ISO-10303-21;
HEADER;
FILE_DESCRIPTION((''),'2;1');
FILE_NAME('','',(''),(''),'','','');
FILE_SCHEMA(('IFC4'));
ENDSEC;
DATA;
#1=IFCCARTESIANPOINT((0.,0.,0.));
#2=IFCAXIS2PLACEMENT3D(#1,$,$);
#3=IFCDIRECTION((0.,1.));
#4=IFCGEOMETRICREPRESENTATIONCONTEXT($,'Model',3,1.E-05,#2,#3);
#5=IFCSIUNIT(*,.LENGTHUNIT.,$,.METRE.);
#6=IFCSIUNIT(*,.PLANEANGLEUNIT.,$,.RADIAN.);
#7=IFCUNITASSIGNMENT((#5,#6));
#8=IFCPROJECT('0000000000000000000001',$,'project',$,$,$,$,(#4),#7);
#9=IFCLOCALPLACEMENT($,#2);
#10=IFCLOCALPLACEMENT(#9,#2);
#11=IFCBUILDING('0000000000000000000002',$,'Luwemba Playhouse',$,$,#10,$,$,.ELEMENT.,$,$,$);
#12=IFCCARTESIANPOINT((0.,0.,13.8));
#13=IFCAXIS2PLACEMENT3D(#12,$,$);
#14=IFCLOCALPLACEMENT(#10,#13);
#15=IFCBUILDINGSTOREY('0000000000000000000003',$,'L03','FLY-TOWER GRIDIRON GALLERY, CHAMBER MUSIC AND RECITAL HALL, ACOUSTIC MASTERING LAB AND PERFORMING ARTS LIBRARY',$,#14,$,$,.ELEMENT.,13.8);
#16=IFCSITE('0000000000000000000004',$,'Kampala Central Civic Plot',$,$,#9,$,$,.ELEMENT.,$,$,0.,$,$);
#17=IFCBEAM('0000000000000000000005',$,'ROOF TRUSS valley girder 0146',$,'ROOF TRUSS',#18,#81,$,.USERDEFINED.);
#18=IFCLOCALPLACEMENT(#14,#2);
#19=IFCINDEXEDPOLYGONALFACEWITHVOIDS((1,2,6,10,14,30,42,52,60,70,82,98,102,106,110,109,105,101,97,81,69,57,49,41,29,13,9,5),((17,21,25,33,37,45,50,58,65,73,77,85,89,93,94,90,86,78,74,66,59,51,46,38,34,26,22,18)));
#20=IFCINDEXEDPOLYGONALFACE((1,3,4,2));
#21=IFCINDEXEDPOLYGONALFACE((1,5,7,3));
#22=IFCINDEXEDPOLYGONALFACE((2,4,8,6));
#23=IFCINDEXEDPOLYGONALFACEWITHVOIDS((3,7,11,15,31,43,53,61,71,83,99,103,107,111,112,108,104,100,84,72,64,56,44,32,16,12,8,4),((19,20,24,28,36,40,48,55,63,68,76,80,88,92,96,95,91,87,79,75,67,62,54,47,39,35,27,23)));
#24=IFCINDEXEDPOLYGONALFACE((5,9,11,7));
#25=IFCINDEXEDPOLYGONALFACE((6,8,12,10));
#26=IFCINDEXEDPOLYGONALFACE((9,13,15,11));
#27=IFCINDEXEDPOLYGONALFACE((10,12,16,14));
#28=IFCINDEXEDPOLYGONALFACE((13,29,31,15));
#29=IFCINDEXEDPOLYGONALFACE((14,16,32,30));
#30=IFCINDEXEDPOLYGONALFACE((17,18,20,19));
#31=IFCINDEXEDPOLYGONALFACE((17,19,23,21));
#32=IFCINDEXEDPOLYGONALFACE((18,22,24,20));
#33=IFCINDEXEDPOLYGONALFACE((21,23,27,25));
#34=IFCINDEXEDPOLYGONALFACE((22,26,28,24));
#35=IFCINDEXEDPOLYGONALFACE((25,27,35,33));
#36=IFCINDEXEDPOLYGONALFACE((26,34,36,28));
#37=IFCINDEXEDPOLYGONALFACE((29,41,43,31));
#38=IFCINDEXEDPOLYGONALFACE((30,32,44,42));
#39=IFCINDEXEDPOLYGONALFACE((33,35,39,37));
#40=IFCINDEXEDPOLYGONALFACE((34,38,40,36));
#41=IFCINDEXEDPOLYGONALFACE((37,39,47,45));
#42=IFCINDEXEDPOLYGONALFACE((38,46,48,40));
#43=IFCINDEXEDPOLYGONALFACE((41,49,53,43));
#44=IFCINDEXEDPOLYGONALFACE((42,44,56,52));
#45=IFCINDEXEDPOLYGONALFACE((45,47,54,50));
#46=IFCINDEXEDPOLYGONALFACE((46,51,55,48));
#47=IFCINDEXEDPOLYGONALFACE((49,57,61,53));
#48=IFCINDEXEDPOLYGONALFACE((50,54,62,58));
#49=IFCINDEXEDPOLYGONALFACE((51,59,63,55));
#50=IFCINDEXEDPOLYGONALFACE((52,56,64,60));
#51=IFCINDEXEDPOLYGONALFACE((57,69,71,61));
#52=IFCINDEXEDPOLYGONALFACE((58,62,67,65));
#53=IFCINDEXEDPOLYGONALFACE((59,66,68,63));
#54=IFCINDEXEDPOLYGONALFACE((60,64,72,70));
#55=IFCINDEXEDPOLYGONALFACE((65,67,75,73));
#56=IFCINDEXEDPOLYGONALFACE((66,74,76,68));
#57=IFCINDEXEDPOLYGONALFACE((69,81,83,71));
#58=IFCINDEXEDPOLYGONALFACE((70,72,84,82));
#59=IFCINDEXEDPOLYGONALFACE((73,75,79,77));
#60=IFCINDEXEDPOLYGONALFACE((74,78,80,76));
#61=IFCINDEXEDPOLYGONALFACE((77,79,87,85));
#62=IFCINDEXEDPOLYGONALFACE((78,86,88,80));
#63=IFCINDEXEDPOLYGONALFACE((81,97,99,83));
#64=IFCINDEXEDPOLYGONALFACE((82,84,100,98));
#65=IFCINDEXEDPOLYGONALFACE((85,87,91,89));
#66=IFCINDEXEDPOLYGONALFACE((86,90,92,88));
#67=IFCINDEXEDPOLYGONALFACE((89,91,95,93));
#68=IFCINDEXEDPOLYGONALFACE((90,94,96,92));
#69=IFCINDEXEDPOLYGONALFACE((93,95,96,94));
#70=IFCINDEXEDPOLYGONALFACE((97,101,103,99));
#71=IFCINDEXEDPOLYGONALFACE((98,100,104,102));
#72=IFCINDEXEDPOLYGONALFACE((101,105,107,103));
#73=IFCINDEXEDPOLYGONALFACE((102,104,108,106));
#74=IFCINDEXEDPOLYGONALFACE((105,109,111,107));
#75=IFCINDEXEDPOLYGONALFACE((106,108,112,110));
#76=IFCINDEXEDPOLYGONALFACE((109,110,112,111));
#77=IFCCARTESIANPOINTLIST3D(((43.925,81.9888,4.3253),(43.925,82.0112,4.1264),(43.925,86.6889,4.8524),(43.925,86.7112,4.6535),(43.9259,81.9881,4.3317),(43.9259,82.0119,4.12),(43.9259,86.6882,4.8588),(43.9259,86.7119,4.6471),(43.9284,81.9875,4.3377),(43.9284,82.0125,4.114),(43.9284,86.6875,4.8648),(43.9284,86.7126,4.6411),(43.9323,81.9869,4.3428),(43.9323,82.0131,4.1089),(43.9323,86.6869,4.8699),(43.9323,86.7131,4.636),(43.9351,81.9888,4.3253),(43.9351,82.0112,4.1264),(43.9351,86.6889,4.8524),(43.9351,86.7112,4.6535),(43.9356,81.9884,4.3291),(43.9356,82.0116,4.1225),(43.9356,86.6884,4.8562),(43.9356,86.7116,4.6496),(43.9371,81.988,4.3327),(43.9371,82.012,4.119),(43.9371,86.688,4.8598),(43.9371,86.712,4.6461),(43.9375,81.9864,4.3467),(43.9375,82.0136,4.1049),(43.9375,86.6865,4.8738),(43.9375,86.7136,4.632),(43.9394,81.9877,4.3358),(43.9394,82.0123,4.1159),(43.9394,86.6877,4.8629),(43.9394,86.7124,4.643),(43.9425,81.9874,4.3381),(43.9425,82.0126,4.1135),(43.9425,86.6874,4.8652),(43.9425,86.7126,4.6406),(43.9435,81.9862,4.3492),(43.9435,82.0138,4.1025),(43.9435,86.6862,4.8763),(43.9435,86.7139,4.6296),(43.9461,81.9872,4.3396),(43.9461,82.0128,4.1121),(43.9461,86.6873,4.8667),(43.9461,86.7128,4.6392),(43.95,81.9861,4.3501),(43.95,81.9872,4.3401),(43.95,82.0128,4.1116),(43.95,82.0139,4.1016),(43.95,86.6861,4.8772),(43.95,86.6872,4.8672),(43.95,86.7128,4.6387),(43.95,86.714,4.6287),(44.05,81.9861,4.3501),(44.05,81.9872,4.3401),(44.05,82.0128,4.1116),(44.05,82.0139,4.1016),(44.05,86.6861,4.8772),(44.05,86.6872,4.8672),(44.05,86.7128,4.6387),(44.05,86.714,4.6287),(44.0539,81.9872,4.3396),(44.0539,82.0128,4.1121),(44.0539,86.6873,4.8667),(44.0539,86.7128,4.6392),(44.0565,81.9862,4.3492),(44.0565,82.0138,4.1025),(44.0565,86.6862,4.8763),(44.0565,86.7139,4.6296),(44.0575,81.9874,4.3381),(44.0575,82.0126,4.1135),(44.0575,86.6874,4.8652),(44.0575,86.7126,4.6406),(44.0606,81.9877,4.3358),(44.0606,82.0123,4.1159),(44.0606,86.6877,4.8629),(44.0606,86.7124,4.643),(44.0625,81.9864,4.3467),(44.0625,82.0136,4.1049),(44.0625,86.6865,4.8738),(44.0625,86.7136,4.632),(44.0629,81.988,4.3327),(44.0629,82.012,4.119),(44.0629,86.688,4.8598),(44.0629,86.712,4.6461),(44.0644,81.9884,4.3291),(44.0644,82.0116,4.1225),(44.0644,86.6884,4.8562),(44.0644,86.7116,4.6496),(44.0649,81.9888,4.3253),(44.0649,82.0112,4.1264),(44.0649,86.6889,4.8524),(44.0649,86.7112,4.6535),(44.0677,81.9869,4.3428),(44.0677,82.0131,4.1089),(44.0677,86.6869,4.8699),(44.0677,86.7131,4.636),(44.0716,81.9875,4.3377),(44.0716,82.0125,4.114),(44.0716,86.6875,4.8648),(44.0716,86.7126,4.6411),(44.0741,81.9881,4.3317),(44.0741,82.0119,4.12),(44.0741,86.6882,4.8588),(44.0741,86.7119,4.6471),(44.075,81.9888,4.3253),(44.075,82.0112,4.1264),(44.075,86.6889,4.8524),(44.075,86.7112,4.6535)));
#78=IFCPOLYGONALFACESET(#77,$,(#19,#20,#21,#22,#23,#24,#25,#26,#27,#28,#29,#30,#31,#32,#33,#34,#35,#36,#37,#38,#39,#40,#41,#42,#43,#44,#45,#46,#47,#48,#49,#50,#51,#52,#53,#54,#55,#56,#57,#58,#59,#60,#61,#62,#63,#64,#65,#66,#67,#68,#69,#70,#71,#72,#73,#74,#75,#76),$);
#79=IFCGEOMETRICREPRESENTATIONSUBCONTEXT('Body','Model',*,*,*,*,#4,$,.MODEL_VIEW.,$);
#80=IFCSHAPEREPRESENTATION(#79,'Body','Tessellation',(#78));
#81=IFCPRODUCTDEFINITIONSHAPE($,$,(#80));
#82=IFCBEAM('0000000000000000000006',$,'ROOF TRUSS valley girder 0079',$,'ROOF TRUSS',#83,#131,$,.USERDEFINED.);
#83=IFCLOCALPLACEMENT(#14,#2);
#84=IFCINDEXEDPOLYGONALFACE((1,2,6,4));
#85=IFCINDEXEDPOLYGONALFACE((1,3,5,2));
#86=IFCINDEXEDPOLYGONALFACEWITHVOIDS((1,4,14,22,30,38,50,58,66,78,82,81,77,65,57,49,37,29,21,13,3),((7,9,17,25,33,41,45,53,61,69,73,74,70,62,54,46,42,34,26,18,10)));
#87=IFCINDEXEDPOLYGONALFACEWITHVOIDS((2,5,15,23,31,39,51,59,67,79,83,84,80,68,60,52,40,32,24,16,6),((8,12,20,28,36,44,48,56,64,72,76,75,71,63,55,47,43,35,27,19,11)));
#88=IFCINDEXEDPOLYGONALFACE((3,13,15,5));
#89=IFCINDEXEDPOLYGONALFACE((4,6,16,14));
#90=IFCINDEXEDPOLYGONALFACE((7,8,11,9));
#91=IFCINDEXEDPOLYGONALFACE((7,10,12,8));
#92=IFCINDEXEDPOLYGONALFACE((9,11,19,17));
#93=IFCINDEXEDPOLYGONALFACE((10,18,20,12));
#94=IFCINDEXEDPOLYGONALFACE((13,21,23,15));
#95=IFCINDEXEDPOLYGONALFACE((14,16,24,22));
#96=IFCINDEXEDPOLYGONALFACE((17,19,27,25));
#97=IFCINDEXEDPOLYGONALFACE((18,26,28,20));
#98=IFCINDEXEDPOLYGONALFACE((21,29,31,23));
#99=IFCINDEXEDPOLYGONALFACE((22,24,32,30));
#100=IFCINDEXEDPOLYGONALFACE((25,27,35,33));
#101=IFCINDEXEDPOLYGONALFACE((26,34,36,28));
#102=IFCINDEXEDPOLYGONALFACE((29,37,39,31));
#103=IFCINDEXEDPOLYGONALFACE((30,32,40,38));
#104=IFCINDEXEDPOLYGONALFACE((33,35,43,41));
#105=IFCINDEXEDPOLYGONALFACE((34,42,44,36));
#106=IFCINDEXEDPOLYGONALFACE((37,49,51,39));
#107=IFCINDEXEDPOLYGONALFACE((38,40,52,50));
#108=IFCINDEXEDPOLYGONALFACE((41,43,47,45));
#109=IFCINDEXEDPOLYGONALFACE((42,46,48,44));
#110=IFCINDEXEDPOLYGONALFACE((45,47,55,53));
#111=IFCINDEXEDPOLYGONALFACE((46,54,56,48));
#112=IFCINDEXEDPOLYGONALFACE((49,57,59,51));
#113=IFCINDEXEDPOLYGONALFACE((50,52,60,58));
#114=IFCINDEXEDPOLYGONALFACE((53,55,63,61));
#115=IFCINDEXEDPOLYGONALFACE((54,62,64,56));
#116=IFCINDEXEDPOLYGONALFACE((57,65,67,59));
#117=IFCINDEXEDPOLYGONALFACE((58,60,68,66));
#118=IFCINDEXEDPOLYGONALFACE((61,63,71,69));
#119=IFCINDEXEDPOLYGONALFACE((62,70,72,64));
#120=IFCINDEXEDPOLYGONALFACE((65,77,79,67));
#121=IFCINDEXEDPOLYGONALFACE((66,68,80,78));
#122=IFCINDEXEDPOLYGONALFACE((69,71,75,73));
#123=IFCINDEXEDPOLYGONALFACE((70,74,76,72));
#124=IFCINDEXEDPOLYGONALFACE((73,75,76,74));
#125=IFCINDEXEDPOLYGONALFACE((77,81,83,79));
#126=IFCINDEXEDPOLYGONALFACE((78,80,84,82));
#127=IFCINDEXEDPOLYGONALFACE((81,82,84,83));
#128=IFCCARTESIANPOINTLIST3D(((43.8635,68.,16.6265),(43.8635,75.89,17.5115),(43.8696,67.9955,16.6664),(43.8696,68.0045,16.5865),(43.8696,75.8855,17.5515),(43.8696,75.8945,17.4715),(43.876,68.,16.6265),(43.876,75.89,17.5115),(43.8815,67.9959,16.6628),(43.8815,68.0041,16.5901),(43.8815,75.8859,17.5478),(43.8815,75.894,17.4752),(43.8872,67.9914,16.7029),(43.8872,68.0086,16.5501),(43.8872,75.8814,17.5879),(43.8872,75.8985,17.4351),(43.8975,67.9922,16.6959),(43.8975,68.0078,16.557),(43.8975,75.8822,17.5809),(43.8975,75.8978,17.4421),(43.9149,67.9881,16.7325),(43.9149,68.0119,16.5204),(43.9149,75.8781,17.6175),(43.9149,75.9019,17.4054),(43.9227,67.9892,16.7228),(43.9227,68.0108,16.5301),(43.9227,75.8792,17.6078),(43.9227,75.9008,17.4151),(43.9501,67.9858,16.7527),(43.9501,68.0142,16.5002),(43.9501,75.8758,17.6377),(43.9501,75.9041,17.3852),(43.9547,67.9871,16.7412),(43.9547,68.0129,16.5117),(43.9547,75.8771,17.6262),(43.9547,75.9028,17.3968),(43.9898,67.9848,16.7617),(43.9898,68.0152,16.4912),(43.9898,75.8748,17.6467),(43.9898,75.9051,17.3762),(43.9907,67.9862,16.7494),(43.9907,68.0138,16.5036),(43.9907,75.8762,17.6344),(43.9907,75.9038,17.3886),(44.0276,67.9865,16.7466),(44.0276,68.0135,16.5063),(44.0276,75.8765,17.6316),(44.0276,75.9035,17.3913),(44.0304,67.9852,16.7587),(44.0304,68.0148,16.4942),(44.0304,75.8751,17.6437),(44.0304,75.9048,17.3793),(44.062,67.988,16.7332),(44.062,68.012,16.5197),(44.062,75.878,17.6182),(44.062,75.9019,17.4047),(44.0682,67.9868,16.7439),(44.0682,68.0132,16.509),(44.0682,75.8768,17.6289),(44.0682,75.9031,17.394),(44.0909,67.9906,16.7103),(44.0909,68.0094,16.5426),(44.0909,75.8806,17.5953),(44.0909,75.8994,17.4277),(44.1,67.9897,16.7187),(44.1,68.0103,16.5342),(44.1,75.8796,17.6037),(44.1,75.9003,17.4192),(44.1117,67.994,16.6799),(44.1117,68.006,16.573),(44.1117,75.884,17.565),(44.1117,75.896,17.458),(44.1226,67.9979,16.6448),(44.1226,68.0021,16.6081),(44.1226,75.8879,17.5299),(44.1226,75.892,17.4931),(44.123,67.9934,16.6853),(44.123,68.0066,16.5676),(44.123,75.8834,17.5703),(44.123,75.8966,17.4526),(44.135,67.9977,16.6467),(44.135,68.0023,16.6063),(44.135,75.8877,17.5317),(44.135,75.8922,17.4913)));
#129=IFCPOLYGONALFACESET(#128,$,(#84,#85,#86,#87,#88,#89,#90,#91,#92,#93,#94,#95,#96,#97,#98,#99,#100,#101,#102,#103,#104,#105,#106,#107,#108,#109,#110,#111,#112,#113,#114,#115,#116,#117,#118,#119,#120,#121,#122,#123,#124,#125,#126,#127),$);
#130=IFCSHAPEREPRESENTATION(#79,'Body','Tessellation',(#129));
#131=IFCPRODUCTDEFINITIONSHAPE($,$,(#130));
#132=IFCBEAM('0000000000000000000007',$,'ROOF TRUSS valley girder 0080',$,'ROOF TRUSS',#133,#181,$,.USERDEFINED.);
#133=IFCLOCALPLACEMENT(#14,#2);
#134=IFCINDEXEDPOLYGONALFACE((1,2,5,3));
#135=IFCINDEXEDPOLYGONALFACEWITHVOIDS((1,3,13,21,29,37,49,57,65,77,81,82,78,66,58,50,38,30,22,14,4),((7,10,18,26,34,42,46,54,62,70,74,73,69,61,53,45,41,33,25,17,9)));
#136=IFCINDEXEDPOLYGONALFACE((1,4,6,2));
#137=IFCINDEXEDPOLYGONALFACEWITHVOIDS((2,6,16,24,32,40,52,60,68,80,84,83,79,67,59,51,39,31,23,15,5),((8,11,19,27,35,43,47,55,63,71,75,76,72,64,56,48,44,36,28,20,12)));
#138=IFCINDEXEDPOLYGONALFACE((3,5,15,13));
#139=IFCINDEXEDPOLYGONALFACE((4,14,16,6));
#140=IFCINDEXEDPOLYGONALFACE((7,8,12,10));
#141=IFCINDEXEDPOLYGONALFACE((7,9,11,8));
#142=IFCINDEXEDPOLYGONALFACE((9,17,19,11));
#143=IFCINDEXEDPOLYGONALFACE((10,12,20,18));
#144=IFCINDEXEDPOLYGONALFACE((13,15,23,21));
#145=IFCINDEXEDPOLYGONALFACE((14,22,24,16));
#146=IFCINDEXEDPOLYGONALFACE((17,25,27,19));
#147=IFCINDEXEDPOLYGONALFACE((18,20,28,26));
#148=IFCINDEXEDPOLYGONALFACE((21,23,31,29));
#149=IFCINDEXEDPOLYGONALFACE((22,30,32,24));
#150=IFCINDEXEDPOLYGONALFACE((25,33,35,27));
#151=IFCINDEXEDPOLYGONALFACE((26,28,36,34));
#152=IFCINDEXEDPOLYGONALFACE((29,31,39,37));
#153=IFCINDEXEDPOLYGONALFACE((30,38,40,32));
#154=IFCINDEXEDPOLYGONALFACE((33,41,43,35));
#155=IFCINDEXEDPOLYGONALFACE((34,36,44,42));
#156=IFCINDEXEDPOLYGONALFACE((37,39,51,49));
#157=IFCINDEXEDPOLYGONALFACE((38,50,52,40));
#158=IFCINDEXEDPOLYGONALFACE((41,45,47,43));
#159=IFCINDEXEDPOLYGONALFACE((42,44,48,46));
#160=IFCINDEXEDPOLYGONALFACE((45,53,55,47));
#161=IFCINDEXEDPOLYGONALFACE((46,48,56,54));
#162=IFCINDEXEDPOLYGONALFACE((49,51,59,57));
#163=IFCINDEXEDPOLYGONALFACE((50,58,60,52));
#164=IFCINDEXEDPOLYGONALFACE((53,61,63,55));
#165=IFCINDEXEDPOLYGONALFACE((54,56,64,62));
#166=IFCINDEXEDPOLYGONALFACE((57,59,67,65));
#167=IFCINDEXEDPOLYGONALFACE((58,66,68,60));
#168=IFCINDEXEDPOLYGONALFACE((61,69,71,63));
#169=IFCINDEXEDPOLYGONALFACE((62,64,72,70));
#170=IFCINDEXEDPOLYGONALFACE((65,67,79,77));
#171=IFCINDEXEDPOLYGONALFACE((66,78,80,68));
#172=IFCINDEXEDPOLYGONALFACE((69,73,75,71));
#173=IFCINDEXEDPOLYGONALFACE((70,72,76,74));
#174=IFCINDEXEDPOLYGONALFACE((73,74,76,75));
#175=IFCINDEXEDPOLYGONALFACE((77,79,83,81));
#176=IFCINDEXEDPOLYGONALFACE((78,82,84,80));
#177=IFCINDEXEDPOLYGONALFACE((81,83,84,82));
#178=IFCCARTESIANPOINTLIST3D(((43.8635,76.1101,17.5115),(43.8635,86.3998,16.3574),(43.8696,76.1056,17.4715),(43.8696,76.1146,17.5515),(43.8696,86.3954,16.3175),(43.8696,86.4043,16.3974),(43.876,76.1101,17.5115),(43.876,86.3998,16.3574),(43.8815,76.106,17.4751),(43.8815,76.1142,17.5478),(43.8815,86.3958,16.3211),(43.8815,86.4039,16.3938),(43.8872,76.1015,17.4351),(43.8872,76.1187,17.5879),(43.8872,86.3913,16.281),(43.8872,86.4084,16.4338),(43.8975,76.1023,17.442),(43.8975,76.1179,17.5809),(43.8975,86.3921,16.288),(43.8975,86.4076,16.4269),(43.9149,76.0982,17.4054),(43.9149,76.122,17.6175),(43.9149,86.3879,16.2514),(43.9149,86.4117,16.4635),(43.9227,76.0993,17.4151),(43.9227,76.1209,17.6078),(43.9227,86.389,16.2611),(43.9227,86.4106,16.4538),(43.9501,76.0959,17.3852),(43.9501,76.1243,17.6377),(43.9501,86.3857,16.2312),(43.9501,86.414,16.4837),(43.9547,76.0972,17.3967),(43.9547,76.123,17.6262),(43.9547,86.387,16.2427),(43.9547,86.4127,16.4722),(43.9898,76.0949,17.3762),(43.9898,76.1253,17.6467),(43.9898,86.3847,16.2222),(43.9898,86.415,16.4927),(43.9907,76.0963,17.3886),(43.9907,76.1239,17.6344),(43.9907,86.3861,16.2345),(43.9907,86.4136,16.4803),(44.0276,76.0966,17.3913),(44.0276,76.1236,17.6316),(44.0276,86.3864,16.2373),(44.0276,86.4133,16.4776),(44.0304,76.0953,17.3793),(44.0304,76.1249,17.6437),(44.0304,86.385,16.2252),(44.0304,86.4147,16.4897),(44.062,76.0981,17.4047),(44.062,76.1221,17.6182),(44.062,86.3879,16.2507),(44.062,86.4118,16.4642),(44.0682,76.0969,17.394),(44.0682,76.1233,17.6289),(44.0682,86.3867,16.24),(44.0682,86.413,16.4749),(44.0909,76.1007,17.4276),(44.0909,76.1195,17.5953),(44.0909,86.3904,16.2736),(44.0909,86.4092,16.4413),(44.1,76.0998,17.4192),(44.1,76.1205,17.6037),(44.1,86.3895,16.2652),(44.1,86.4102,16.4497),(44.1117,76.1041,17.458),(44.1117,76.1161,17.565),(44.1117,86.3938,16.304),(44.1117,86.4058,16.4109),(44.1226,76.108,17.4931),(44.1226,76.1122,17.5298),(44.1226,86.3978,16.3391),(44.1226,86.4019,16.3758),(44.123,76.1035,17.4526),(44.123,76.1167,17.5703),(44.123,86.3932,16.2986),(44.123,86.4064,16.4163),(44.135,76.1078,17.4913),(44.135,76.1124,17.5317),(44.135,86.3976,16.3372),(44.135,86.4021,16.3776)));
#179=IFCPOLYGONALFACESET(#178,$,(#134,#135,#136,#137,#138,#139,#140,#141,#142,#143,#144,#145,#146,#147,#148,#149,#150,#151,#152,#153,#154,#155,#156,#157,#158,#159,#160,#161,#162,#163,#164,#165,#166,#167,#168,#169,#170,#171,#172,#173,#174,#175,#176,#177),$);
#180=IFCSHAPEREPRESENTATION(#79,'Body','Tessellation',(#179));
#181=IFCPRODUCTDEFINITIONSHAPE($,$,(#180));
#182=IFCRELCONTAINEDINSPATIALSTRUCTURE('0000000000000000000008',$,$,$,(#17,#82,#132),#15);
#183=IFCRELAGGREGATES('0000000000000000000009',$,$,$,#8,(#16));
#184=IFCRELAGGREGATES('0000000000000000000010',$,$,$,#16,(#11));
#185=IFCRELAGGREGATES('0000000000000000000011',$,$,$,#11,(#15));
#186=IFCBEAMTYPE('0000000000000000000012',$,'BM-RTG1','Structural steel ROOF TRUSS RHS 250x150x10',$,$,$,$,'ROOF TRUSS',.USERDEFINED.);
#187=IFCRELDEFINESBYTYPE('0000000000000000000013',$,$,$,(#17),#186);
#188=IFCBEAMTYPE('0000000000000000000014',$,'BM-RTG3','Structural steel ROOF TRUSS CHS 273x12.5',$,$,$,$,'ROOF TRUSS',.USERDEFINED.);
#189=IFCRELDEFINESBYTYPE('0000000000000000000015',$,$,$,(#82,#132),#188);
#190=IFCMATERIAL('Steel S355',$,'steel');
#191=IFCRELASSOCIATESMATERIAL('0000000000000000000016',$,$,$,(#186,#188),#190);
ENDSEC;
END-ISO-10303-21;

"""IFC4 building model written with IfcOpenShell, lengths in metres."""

from ifc_helpers import new_model, si_unit, direction, frame, origin, origin_2d, place, context, subcontext, project, spatial, hollow_rectangle, hollow_circle, extrude, material, material_profile, profile_set, type_object, element, save


model = new_model("IFC4")

# Units and contexts
model_context = context("Model", 3, precision=1e-05, world=origin(), true_north=direction((0.0, 1.0)))
body_context = subcontext(model_context, "Body", "Model", "MODEL_VIEW")
ifc_project = project(units=[si_unit("LENGTHUNIT", "METRE"), si_unit("PLANEANGLEUNIT", "RADIAN")], contexts=[model_context])

# Site, building, storey
site_placement = place(None, origin())
site = spatial("IfcSite", under=ifc_project, at=site_placement, Name="Kampala Central Civic Plot", CompositionType="ELEMENT", RefElevation=0.0)
building_placement = place(site_placement, origin())
building = spatial("IfcBuilding", under=site, at=building_placement, Name="Luwemba Playhouse", CompositionType="ELEMENT")
storey_placement = place(building_placement, frame((0.0, 0.0, 13.8)))
storey = spatial("IfcBuildingStorey", under=building, at=storey_placement, Name="L03", Description="FLY-TOWER GRIDIRON GALLERY, CHAMBER MUSIC AND RECITAL HALL, ACOUSTIC MASTERING LAB AND PERFORMING ARTS LIBRARY", CompositionType="ELEMENT", Elevation=13.8)

# Shared definitions
ifc_material = material(Name="Steel S355", Category="steel")

# Beams
ifc_material_profile_1 = material_profile(ifc_material, hollow_rectangle(XDim=0.1499, YDim=0.25, WallThickness=0.01, InnerFilletRadius=0.0149, OuterFilletRadius=0.0249, at=origin_2d()))
ifc_profile_set_1 = profile_set([ifc_material_profile_1], Name="Steel S355")
beam_type_1 = type_object("IfcBeamType", Name="BM-RTG1", Description="Structural steel ROOF TRUSS RHS 250x150x10", ElementType="ROOF TRUSS", PredefinedType="USERDEFINED", material=ifc_profile_set_1)
beam_1_placement = place(storey_placement, frame((44.0, 82.0, 4.2258), z_axis=(0.0, 0.99377, 0.111451), x_axis=(-1.0, 0.0, 0.0)))
element("IfcBeam", 1, at=beam_1_placement, inside=storey, type_object=beam_type_1, Name="ROOF TRUSS valley girder 0146", ObjectType="ROOF TRUSS", PredefinedType="USERDEFINED", context=body_context, shape_type="SweptSolid", body=[
    extrude(hollow_rectangle(XDim=0.1499, YDim=0.25, WallThickness=0.01, InnerFilletRadius=0.0149, OuterFilletRadius=0.0249, at=origin_2d()), origin(), (0.0, 0.0, 1.0), 4.7295),
])
ifc_material_profile_2 = material_profile(ifc_material, hollow_circle(Radius=0.1365, WallThickness=0.0125, at=origin_2d()))
ifc_profile_set_2 = profile_set([ifc_material_profile_2], Name="Steel S355")
beam_type_2 = type_object("IfcBeamType", Name="BM-RTG3", Description="Structural steel ROOF TRUSS CHS 273x12.5", ElementType="ROOF TRUSS", PredefinedType="USERDEFINED", material=ifc_profile_set_2)
beam_2_placement = place(storey_placement, frame((44.0, 68.0, 16.6265), z_axis=(0.0, 0.993768, 0.111471), x_axis=(-1.0, 0.0, 0.0)))
element("IfcBeam", 2, at=beam_2_placement, inside=storey, type_object=beam_type_2, Name="ROOF TRUSS valley girder 0079", ObjectType="ROOF TRUSS", PredefinedType="USERDEFINED", context=body_context, shape_type="SweptSolid", body=[
    extrude(hollow_circle(Radius=0.1365, WallThickness=0.0125, at=origin_2d()), origin(), (0.0, 0.0, 1.0), 7.9395),
])
beam_3_placement = place(storey_placement, frame((44.0, 76.1101, 17.5115), z_axis=(0.0, 0.993769, -0.111456), x_axis=(-1.0, 0.0, 0.0)))
element("IfcBeam", 3, at=beam_3_placement, inside=storey, type_object=beam_type_2, Name="ROOF TRUSS valley girder 0080", ObjectType="ROOF TRUSS", PredefinedType="USERDEFINED", context=body_context, shape_type="SweptSolid", body=[
    extrude(hollow_circle(Radius=0.1365, WallThickness=0.0125, at=origin_2d()), origin(), (0.0, 0.0, 1.0), 10.3542),
])

save(model, "model.ifc")
